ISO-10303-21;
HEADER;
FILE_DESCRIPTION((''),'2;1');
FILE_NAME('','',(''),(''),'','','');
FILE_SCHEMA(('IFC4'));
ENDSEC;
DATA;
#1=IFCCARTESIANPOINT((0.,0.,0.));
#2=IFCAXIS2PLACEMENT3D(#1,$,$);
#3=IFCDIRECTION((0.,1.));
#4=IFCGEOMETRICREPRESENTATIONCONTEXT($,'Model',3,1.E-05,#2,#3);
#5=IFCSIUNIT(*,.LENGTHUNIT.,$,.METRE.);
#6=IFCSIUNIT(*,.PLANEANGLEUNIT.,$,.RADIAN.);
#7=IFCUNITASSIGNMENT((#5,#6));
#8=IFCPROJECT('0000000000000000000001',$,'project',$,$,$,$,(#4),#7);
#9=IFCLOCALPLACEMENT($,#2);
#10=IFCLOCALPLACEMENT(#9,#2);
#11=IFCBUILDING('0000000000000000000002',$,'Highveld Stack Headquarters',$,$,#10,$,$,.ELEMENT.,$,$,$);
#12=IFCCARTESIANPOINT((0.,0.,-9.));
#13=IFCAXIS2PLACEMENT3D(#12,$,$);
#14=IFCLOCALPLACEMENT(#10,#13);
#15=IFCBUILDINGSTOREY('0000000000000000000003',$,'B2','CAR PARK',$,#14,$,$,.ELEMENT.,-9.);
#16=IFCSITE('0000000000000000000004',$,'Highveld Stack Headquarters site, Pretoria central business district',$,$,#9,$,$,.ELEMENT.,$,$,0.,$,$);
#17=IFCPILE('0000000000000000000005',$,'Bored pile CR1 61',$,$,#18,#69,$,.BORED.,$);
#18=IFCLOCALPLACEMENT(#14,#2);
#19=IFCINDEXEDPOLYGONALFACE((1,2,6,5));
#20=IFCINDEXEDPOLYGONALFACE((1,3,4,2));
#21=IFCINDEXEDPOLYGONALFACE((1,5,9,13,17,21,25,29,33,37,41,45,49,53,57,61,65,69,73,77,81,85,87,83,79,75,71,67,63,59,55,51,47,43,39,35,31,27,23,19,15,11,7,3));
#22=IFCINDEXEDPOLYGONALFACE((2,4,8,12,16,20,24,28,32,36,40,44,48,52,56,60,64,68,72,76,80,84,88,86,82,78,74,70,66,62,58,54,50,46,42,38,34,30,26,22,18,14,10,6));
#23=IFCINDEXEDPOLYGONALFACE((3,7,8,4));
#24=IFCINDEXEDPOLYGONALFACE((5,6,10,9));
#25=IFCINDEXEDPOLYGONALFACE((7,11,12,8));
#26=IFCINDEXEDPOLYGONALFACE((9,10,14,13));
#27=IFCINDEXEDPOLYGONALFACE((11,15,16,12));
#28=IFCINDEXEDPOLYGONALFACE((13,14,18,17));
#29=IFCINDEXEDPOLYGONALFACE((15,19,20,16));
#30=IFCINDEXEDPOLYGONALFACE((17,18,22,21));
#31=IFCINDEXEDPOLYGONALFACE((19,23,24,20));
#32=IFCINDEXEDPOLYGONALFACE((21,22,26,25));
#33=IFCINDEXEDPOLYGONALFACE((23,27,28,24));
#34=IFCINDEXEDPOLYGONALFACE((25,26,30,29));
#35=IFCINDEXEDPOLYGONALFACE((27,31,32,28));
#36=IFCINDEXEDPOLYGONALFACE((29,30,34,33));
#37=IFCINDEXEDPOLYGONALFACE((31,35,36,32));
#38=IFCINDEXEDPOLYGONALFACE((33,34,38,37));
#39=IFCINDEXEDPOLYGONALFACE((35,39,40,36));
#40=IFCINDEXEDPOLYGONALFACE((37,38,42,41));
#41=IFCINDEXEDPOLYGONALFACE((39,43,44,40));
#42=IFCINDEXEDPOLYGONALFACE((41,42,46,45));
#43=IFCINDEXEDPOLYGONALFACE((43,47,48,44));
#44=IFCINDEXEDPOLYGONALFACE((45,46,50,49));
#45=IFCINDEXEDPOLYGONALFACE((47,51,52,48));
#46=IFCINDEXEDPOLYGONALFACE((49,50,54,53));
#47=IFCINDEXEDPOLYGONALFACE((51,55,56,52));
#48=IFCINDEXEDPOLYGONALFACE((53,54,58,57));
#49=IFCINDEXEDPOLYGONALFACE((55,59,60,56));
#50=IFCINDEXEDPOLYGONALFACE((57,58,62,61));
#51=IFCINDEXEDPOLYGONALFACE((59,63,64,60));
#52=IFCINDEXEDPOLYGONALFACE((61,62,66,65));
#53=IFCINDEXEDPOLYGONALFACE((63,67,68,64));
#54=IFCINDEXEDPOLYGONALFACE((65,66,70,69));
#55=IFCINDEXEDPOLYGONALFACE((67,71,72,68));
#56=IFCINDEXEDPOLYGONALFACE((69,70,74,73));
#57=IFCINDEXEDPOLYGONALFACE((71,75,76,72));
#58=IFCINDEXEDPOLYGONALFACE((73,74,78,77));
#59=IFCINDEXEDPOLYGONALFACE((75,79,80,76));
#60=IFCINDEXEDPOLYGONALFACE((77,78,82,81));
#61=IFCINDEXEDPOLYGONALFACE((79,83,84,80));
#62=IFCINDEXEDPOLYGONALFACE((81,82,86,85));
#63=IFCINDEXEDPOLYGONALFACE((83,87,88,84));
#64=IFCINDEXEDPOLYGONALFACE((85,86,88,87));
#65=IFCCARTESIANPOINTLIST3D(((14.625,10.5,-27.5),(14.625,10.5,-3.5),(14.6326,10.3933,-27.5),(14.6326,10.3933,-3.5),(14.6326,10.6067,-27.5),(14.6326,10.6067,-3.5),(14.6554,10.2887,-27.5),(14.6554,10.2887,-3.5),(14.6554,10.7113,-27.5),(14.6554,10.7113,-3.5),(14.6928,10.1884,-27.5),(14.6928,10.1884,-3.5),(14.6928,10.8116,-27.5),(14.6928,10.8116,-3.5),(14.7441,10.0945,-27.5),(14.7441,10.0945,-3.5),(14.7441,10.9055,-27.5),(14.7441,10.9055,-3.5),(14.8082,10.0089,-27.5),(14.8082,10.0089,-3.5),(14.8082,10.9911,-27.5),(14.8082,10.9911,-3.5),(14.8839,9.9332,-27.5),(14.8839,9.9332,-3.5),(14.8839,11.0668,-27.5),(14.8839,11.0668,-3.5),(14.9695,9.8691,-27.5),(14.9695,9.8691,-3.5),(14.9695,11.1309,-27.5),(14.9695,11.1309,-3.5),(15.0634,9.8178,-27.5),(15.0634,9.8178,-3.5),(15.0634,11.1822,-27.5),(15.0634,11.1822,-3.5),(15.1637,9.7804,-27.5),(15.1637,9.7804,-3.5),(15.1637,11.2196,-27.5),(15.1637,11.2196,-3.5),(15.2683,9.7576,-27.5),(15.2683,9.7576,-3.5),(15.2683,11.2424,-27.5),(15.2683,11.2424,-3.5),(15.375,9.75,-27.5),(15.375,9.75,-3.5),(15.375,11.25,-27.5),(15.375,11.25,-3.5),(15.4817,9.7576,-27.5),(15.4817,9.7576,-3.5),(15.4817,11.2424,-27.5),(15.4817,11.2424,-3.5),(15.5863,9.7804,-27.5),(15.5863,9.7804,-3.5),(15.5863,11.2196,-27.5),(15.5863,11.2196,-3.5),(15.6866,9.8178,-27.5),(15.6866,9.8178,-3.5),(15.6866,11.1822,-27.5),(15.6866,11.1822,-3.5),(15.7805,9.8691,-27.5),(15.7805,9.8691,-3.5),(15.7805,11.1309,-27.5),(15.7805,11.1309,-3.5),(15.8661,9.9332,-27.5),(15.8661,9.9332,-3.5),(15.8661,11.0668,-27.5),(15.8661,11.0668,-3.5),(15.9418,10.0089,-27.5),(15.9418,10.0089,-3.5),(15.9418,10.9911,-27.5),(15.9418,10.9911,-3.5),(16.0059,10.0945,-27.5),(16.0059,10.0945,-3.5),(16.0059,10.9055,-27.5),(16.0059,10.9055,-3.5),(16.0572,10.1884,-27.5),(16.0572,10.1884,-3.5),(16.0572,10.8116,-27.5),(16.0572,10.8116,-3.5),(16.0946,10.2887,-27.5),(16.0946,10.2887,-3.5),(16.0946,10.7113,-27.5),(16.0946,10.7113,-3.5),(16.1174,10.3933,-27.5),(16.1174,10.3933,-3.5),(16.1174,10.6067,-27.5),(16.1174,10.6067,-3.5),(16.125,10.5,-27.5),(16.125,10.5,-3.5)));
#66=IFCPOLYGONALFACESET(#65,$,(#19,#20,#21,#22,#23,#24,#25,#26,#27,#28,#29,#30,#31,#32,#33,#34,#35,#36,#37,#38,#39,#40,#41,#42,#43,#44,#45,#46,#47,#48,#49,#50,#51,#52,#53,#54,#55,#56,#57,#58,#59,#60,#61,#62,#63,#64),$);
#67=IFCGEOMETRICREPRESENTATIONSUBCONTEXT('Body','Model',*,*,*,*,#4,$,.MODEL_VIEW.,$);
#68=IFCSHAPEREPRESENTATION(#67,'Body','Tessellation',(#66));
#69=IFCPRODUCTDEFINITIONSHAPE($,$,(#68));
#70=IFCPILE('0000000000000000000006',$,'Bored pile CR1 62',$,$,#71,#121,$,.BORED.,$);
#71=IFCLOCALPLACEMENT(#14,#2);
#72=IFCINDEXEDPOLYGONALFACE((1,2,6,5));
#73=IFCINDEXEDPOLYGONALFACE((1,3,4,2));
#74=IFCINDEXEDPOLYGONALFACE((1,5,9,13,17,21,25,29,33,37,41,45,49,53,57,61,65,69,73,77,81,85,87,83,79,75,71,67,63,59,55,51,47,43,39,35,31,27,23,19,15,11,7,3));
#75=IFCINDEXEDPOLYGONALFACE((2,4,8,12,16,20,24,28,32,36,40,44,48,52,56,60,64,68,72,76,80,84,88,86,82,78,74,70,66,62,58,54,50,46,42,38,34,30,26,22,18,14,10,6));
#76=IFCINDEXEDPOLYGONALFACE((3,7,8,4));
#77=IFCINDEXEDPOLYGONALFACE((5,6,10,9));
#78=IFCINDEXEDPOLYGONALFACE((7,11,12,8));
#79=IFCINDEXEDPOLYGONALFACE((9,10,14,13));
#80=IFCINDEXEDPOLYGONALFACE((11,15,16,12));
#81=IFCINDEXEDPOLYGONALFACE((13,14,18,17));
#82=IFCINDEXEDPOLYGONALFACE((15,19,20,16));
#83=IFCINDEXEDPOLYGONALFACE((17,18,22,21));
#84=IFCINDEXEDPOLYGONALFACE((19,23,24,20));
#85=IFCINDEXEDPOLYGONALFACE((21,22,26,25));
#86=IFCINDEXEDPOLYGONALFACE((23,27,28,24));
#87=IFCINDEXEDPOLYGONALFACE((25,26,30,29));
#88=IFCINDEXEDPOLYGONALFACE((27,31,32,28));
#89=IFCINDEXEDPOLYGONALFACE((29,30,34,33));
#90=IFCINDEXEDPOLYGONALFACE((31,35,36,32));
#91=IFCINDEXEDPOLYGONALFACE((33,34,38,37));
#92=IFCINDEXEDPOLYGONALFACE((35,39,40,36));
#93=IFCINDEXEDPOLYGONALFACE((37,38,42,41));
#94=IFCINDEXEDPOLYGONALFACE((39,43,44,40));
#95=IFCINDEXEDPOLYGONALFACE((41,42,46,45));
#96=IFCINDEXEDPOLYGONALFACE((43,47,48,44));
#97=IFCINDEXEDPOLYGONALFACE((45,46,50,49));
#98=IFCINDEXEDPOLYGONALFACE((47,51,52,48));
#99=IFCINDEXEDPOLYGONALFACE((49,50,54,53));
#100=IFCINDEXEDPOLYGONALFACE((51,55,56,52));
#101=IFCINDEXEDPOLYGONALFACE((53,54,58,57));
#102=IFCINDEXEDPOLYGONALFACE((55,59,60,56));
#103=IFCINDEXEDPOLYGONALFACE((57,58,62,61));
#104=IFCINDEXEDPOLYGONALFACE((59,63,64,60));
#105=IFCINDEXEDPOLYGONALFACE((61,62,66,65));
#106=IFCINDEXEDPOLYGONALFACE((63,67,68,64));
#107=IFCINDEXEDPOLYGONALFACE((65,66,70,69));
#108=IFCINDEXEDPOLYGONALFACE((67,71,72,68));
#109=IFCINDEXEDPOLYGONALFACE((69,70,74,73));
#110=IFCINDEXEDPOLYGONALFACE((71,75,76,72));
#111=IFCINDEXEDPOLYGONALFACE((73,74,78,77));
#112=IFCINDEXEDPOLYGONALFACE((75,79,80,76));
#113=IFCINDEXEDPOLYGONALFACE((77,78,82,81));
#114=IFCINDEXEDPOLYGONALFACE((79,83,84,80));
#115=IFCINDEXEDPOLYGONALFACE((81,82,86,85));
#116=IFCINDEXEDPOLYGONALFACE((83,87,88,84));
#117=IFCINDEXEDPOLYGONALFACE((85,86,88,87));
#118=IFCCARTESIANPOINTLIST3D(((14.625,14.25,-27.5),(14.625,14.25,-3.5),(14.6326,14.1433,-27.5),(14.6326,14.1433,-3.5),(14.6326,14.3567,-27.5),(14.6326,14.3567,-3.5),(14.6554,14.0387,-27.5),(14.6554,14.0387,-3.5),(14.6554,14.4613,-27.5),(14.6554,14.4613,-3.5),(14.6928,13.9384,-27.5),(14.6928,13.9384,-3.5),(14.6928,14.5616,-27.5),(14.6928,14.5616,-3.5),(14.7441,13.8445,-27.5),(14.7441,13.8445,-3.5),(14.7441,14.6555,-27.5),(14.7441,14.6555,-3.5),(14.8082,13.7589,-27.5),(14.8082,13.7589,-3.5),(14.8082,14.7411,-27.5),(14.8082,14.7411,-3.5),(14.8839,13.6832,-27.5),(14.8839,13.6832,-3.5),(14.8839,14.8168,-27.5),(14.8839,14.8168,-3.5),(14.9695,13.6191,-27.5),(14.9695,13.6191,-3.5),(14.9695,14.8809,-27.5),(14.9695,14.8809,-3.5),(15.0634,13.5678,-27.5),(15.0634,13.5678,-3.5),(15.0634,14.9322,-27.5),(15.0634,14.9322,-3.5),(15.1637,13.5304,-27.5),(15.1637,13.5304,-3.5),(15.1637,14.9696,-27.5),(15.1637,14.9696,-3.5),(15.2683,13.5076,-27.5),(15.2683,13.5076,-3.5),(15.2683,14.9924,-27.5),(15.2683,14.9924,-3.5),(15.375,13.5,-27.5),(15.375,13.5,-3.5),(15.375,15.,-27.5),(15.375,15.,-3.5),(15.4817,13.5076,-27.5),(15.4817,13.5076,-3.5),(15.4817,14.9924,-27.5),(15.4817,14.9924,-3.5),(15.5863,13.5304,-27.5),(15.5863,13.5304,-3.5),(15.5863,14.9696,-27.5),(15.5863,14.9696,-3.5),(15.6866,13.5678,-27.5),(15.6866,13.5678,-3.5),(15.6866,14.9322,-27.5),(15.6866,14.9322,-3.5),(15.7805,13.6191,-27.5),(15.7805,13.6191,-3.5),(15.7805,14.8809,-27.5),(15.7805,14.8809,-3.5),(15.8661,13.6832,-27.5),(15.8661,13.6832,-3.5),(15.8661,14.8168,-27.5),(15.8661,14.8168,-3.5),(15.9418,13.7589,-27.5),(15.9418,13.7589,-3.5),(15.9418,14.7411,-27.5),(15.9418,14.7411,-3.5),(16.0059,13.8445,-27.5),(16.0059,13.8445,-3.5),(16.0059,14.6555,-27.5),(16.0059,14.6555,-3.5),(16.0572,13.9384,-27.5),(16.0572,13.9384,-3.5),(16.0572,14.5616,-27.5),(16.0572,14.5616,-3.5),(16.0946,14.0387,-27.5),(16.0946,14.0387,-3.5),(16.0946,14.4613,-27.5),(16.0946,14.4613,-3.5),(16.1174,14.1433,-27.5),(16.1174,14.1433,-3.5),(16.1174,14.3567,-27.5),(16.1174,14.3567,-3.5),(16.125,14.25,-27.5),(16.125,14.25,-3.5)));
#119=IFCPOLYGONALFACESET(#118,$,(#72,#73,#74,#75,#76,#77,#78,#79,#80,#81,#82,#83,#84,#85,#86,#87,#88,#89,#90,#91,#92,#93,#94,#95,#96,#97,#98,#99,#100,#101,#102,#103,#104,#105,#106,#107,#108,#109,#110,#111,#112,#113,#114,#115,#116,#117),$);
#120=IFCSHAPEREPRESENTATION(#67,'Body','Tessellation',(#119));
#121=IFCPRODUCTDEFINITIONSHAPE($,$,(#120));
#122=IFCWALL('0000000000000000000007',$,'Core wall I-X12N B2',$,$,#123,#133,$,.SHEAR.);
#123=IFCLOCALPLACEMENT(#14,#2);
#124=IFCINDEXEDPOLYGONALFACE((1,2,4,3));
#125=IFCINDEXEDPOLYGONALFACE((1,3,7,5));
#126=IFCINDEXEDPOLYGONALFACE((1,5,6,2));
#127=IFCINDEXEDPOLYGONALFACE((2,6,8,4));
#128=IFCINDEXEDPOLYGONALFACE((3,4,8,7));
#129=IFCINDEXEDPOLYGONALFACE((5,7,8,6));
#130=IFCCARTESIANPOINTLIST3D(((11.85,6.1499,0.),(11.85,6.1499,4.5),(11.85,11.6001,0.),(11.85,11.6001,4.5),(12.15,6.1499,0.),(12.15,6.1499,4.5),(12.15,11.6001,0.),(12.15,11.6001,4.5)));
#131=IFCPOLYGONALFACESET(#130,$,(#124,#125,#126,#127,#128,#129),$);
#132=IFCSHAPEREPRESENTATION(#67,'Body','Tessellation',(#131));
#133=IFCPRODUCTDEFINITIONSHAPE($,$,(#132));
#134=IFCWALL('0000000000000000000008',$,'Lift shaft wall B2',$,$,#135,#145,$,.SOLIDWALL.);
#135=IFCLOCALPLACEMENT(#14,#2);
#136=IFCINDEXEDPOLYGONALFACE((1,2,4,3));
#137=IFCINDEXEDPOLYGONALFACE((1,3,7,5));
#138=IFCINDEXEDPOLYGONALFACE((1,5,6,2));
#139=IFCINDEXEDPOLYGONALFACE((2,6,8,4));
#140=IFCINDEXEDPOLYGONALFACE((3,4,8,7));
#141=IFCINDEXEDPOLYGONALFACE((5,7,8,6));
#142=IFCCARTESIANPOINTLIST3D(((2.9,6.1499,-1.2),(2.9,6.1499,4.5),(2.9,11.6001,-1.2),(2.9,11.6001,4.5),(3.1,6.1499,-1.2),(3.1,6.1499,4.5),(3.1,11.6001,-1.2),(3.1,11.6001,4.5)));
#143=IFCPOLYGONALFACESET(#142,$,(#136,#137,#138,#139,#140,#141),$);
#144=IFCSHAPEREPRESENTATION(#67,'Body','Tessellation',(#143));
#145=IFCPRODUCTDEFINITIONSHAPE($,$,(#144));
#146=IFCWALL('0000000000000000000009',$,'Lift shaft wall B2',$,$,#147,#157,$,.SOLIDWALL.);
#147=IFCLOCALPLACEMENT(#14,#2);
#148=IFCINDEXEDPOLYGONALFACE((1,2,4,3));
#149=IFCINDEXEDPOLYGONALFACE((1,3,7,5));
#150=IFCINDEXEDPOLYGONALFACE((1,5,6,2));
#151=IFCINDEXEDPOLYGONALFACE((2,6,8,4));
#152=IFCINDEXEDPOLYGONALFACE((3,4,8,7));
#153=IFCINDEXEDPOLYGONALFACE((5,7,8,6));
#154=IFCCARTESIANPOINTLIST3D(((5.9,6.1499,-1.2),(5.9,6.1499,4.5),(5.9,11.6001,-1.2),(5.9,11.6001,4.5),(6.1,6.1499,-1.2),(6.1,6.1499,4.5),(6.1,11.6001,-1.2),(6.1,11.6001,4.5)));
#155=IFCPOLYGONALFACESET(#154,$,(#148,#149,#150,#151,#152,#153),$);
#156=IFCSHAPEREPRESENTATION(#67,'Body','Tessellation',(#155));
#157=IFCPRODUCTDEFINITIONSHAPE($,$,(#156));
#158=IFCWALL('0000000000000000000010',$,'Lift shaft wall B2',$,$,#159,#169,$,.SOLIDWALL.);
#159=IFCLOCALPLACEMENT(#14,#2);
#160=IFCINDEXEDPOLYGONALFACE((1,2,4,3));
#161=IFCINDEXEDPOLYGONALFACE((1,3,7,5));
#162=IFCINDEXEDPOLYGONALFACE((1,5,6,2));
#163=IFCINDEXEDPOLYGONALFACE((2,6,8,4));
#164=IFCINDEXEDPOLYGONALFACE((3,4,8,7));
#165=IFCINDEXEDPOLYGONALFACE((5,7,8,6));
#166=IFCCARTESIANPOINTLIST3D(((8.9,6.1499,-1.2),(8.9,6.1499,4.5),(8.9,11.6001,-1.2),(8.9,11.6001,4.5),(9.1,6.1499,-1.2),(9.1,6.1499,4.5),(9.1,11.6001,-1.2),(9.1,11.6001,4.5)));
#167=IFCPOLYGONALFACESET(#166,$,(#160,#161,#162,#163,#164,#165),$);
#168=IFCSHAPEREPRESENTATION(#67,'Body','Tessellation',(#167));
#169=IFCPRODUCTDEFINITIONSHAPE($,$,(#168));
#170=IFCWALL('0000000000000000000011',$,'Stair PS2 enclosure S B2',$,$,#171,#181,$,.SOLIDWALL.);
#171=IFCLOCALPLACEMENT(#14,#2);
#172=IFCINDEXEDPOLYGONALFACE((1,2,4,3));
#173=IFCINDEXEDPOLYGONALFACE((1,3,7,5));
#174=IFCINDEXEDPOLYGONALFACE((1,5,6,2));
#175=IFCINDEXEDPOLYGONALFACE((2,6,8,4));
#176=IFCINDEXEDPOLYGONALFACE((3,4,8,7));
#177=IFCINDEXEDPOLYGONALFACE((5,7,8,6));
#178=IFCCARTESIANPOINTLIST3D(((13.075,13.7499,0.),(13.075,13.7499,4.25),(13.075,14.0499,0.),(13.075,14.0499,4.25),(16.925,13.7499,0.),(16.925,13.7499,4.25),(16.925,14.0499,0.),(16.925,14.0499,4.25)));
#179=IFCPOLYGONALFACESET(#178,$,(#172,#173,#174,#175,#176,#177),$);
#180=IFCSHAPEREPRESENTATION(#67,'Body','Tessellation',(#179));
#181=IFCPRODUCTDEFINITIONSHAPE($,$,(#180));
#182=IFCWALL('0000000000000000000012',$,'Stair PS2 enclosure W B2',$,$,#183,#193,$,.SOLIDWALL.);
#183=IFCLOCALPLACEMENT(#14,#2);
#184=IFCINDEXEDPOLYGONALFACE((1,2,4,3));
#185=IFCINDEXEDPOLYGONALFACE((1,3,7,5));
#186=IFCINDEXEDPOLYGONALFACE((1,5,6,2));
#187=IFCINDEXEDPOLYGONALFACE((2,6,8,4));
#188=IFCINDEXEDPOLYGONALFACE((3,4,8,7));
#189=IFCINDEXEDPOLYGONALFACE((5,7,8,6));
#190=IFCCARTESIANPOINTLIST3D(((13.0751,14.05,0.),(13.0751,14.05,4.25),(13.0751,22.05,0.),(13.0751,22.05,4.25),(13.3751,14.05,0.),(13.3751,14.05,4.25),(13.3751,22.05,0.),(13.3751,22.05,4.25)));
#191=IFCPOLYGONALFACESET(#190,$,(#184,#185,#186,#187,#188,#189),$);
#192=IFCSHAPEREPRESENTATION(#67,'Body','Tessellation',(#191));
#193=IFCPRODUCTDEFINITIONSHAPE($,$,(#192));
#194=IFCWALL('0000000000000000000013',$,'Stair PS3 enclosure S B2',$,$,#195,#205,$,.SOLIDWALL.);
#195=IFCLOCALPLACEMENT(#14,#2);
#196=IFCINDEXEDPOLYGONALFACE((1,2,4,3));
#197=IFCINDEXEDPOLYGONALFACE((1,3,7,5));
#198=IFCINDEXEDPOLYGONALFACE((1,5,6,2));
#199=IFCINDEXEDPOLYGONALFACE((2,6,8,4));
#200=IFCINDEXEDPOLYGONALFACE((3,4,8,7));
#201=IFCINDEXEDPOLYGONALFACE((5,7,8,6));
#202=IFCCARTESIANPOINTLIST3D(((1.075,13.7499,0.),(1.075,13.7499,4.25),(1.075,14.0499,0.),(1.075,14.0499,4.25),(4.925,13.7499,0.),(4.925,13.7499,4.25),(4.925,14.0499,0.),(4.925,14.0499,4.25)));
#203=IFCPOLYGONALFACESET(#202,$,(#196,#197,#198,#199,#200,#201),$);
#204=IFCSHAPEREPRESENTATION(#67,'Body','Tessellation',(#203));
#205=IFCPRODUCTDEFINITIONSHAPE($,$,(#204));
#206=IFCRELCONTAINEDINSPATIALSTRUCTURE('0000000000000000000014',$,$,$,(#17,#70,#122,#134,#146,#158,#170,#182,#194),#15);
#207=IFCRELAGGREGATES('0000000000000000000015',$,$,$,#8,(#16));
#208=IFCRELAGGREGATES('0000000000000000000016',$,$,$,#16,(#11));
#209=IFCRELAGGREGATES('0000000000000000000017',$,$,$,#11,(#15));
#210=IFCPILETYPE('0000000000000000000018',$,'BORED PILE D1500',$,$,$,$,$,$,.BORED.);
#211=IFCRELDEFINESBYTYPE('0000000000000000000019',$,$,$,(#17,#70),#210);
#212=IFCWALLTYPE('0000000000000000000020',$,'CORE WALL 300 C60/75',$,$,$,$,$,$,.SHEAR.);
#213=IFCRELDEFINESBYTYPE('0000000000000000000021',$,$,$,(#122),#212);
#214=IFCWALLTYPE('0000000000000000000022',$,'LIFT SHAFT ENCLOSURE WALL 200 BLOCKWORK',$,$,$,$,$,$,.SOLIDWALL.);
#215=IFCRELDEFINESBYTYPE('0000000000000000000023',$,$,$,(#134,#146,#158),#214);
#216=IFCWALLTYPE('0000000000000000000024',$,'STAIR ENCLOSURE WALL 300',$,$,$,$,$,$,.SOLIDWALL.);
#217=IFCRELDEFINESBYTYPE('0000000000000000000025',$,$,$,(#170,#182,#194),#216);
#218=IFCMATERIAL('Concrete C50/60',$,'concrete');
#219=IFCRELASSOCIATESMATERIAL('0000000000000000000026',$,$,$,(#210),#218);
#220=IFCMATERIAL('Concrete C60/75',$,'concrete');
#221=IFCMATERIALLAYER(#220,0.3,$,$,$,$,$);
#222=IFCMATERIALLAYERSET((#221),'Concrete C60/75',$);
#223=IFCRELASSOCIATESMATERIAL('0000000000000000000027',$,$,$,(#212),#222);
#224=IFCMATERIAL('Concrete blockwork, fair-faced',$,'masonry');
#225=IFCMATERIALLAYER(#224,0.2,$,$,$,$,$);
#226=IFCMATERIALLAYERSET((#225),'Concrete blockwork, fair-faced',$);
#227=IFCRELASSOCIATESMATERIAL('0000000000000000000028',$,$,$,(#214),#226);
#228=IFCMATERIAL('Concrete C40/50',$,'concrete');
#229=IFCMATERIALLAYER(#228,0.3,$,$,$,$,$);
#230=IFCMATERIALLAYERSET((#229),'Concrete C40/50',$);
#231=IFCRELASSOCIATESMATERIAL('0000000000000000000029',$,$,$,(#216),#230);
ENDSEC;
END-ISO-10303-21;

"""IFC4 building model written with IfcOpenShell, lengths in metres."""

from ifc_helpers import new_model, si_unit, direction, frame, frame_2d, origin, origin_2d, place, context, subcontext, project, spatial, rectangle, circle, extrude, material, layer, layer_set, type_object, element, save


model = new_model("IFC4")

# Units and contexts
model_context = context("Model", 3, precision=1e-05, world=origin(), true_north=direction((0.0, 1.0)))
body_context = subcontext(model_context, "Body", "Model", "MODEL_VIEW")
ifc_project = project(units=[si_unit("LENGTHUNIT", "METRE"), si_unit("PLANEANGLEUNIT", "RADIAN")], contexts=[model_context])

# Site, building, storey
site_placement = place(None, origin())
site = spatial("IfcSite", under=ifc_project, at=site_placement, Name="Highveld Stack Headquarters site, Pretoria central business district", CompositionType="ELEMENT", RefElevation=0.0)
building_placement = place(site_placement, origin())
building = spatial("IfcBuilding", under=site, at=building_placement, Name="Highveld Stack Headquarters", CompositionType="ELEMENT")
storey_placement = place(building_placement, frame((0.0, 0.0, -9.0)))
storey = spatial("IfcBuildingStorey", under=building, at=storey_placement, Name="B2", Description="CAR PARK", CompositionType="ELEMENT", Elevation=-9.0)

# Piles
ifc_material_1 = material(Name="Concrete C50/60", Category="concrete")
pile_type = type_object("IfcPileType", Name="BORED PILE D1500", PredefinedType="BORED", material=ifc_material_1)
for number, where, z_axis, x_axis, name in (
    (1, (15.375, 10.5, -3.5), (0.0, 0.0, -1.0), (1.0, 0.0, 0.0), "Bored pile CR1 61"),
    (2, (15.375, 14.25, -3.5), (0.0, 0.0, -1.0), (1.0, 0.0, 0.0), "Bored pile CR1 62"),
):
    element("IfcPile", number, at=place(storey_placement, frame(where, z_axis=z_axis, x_axis=x_axis)), inside=storey, type_object=pile_type, Name=name, PredefinedType="BORED", context=body_context, shape_type="SweptSolid", body=[
        extrude(circle(Radius=0.75, at=origin_2d()), origin(), (0.0, 0.0, 1.0), 24.0),
    ])

# Walls
ifc_material_2 = material(Name="Concrete C60/75", Category="concrete")
ifc_layer_1 = layer(ifc_material_2, 0.3)
ifc_layer_set_1 = layer_set([ifc_layer_1], Name="Concrete C60/75")
wall_type_1 = type_object("IfcWallType", Name="CORE WALL 300 C60/75", PredefinedType="SHEAR", material=ifc_layer_set_1)
wall_1_placement = place(storey_placement, frame((12.0, 6.1499, 0.0), z_axis=(0.0, 0.0, 1.0), x_axis=(0.0, 1.0, 0.0)))
element("IfcWall", 3, at=wall_1_placement, inside=storey, type_object=wall_type_1, Name="Core wall I-X12N B2", PredefinedType="SHEAR", context=body_context, shape_type="SweptSolid", body=[
    extrude(rectangle(XDim=5.4502, YDim=0.3, at=frame_2d((2.7251, 0.0))), origin(), (0.0, 0.0, 1.0), 4.5),
])
ifc_material_3 = material(Name="Concrete blockwork, fair-faced", Category="masonry")
ifc_layer_2 = layer(ifc_material_3, 0.2)
ifc_layer_set_2 = layer_set([ifc_layer_2], Name="Concrete blockwork, fair-faced")
wall_type_2 = type_object("IfcWallType", Name="LIFT SHAFT ENCLOSURE WALL 200 BLOCKWORK", PredefinedType="SOLIDWALL", material=ifc_layer_set_2)
for number, where, z_axis, x_axis, name in (
    (4, (3.0, 6.1499, -1.2), (0.0, 0.0, 1.0), (0.0, 1.0, 0.0), "Lift shaft wall B2"),
    (5, (6.0, 6.1499, -1.2), (0.0, 0.0, 1.0), (0.0, 1.0, 0.0), "Lift shaft wall B2"),
    (6, (9.0, 6.1499, -1.2), (0.0, 0.0, 1.0), (0.0, 1.0, 0.0), "Lift shaft wall B2"),
):
    element("IfcWall", number, at=place(storey_placement, frame(where, z_axis=z_axis, x_axis=x_axis)), inside=storey, type_object=wall_type_2, Name=name, PredefinedType="SOLIDWALL", context=body_context, shape_type="SweptSolid", body=[
        extrude(rectangle(XDim=5.4502, YDim=0.2, at=frame_2d((2.7251, 0.0))), origin(), (0.0, 0.0, 1.0), 5.7),
    ])
ifc_material_4 = material(Name="Concrete C40/50", Category="concrete")
ifc_layer_3 = layer(ifc_material_4, 0.3)
ifc_layer_set_3 = layer_set([ifc_layer_3], Name="Concrete C40/50")
wall_type_3 = type_object("IfcWallType", Name="STAIR ENCLOSURE WALL 300", PredefinedType="SOLIDWALL", material=ifc_layer_set_3)
wall_2_placement = place(storey_placement, frame((13.075, 13.8999, 0.0), z_axis=(0.0, 0.0, 1.0), x_axis=(1.0, 0.0, 0.0)))
element("IfcWall", 7, at=wall_2_placement, inside=storey, type_object=wall_type_3, Name="Stair PS2 enclosure S B2", PredefinedType="SOLIDWALL", context=body_context, shape_type="SweptSolid", body=[
    extrude(rectangle(XDim=3.8501, YDim=0.3, at=frame_2d((1.925, 0.0))), origin(), (0.0, 0.0, 1.0), 4.25),
])
wall_3_placement = place(storey_placement, frame((13.2251, 14.05, 0.0), z_axis=(0.0, 0.0, 1.0), x_axis=(0.0, 1.0, 0.0)))
element("IfcWall", 8, at=wall_3_placement, inside=storey, type_object=wall_type_3, Name="Stair PS2 enclosure W B2", PredefinedType="SOLIDWALL", context=body_context, shape_type="SweptSolid", body=[
    extrude(rectangle(XDim=8.0, YDim=0.3, at=frame_2d((4.0, 0.0))), origin(), (0.0, 0.0, 1.0), 4.25),
])
wall_4_placement = place(storey_placement, frame((1.075, 13.8999, 0.0), z_axis=(0.0, 0.0, 1.0), x_axis=(1.0, 0.0, 0.0)))
element("IfcWall", 9, at=wall_4_placement, inside=storey, type_object=wall_type_3, Name="Stair PS3 enclosure S B2", PredefinedType="SOLIDWALL", context=body_context, shape_type="SweptSolid", body=[
    extrude(rectangle(XDim=3.8501, YDim=0.3, at=frame_2d((1.925, 0.0))), origin(), (0.0, 0.0, 1.0), 4.25),
])

save(model, "model.ifc")
